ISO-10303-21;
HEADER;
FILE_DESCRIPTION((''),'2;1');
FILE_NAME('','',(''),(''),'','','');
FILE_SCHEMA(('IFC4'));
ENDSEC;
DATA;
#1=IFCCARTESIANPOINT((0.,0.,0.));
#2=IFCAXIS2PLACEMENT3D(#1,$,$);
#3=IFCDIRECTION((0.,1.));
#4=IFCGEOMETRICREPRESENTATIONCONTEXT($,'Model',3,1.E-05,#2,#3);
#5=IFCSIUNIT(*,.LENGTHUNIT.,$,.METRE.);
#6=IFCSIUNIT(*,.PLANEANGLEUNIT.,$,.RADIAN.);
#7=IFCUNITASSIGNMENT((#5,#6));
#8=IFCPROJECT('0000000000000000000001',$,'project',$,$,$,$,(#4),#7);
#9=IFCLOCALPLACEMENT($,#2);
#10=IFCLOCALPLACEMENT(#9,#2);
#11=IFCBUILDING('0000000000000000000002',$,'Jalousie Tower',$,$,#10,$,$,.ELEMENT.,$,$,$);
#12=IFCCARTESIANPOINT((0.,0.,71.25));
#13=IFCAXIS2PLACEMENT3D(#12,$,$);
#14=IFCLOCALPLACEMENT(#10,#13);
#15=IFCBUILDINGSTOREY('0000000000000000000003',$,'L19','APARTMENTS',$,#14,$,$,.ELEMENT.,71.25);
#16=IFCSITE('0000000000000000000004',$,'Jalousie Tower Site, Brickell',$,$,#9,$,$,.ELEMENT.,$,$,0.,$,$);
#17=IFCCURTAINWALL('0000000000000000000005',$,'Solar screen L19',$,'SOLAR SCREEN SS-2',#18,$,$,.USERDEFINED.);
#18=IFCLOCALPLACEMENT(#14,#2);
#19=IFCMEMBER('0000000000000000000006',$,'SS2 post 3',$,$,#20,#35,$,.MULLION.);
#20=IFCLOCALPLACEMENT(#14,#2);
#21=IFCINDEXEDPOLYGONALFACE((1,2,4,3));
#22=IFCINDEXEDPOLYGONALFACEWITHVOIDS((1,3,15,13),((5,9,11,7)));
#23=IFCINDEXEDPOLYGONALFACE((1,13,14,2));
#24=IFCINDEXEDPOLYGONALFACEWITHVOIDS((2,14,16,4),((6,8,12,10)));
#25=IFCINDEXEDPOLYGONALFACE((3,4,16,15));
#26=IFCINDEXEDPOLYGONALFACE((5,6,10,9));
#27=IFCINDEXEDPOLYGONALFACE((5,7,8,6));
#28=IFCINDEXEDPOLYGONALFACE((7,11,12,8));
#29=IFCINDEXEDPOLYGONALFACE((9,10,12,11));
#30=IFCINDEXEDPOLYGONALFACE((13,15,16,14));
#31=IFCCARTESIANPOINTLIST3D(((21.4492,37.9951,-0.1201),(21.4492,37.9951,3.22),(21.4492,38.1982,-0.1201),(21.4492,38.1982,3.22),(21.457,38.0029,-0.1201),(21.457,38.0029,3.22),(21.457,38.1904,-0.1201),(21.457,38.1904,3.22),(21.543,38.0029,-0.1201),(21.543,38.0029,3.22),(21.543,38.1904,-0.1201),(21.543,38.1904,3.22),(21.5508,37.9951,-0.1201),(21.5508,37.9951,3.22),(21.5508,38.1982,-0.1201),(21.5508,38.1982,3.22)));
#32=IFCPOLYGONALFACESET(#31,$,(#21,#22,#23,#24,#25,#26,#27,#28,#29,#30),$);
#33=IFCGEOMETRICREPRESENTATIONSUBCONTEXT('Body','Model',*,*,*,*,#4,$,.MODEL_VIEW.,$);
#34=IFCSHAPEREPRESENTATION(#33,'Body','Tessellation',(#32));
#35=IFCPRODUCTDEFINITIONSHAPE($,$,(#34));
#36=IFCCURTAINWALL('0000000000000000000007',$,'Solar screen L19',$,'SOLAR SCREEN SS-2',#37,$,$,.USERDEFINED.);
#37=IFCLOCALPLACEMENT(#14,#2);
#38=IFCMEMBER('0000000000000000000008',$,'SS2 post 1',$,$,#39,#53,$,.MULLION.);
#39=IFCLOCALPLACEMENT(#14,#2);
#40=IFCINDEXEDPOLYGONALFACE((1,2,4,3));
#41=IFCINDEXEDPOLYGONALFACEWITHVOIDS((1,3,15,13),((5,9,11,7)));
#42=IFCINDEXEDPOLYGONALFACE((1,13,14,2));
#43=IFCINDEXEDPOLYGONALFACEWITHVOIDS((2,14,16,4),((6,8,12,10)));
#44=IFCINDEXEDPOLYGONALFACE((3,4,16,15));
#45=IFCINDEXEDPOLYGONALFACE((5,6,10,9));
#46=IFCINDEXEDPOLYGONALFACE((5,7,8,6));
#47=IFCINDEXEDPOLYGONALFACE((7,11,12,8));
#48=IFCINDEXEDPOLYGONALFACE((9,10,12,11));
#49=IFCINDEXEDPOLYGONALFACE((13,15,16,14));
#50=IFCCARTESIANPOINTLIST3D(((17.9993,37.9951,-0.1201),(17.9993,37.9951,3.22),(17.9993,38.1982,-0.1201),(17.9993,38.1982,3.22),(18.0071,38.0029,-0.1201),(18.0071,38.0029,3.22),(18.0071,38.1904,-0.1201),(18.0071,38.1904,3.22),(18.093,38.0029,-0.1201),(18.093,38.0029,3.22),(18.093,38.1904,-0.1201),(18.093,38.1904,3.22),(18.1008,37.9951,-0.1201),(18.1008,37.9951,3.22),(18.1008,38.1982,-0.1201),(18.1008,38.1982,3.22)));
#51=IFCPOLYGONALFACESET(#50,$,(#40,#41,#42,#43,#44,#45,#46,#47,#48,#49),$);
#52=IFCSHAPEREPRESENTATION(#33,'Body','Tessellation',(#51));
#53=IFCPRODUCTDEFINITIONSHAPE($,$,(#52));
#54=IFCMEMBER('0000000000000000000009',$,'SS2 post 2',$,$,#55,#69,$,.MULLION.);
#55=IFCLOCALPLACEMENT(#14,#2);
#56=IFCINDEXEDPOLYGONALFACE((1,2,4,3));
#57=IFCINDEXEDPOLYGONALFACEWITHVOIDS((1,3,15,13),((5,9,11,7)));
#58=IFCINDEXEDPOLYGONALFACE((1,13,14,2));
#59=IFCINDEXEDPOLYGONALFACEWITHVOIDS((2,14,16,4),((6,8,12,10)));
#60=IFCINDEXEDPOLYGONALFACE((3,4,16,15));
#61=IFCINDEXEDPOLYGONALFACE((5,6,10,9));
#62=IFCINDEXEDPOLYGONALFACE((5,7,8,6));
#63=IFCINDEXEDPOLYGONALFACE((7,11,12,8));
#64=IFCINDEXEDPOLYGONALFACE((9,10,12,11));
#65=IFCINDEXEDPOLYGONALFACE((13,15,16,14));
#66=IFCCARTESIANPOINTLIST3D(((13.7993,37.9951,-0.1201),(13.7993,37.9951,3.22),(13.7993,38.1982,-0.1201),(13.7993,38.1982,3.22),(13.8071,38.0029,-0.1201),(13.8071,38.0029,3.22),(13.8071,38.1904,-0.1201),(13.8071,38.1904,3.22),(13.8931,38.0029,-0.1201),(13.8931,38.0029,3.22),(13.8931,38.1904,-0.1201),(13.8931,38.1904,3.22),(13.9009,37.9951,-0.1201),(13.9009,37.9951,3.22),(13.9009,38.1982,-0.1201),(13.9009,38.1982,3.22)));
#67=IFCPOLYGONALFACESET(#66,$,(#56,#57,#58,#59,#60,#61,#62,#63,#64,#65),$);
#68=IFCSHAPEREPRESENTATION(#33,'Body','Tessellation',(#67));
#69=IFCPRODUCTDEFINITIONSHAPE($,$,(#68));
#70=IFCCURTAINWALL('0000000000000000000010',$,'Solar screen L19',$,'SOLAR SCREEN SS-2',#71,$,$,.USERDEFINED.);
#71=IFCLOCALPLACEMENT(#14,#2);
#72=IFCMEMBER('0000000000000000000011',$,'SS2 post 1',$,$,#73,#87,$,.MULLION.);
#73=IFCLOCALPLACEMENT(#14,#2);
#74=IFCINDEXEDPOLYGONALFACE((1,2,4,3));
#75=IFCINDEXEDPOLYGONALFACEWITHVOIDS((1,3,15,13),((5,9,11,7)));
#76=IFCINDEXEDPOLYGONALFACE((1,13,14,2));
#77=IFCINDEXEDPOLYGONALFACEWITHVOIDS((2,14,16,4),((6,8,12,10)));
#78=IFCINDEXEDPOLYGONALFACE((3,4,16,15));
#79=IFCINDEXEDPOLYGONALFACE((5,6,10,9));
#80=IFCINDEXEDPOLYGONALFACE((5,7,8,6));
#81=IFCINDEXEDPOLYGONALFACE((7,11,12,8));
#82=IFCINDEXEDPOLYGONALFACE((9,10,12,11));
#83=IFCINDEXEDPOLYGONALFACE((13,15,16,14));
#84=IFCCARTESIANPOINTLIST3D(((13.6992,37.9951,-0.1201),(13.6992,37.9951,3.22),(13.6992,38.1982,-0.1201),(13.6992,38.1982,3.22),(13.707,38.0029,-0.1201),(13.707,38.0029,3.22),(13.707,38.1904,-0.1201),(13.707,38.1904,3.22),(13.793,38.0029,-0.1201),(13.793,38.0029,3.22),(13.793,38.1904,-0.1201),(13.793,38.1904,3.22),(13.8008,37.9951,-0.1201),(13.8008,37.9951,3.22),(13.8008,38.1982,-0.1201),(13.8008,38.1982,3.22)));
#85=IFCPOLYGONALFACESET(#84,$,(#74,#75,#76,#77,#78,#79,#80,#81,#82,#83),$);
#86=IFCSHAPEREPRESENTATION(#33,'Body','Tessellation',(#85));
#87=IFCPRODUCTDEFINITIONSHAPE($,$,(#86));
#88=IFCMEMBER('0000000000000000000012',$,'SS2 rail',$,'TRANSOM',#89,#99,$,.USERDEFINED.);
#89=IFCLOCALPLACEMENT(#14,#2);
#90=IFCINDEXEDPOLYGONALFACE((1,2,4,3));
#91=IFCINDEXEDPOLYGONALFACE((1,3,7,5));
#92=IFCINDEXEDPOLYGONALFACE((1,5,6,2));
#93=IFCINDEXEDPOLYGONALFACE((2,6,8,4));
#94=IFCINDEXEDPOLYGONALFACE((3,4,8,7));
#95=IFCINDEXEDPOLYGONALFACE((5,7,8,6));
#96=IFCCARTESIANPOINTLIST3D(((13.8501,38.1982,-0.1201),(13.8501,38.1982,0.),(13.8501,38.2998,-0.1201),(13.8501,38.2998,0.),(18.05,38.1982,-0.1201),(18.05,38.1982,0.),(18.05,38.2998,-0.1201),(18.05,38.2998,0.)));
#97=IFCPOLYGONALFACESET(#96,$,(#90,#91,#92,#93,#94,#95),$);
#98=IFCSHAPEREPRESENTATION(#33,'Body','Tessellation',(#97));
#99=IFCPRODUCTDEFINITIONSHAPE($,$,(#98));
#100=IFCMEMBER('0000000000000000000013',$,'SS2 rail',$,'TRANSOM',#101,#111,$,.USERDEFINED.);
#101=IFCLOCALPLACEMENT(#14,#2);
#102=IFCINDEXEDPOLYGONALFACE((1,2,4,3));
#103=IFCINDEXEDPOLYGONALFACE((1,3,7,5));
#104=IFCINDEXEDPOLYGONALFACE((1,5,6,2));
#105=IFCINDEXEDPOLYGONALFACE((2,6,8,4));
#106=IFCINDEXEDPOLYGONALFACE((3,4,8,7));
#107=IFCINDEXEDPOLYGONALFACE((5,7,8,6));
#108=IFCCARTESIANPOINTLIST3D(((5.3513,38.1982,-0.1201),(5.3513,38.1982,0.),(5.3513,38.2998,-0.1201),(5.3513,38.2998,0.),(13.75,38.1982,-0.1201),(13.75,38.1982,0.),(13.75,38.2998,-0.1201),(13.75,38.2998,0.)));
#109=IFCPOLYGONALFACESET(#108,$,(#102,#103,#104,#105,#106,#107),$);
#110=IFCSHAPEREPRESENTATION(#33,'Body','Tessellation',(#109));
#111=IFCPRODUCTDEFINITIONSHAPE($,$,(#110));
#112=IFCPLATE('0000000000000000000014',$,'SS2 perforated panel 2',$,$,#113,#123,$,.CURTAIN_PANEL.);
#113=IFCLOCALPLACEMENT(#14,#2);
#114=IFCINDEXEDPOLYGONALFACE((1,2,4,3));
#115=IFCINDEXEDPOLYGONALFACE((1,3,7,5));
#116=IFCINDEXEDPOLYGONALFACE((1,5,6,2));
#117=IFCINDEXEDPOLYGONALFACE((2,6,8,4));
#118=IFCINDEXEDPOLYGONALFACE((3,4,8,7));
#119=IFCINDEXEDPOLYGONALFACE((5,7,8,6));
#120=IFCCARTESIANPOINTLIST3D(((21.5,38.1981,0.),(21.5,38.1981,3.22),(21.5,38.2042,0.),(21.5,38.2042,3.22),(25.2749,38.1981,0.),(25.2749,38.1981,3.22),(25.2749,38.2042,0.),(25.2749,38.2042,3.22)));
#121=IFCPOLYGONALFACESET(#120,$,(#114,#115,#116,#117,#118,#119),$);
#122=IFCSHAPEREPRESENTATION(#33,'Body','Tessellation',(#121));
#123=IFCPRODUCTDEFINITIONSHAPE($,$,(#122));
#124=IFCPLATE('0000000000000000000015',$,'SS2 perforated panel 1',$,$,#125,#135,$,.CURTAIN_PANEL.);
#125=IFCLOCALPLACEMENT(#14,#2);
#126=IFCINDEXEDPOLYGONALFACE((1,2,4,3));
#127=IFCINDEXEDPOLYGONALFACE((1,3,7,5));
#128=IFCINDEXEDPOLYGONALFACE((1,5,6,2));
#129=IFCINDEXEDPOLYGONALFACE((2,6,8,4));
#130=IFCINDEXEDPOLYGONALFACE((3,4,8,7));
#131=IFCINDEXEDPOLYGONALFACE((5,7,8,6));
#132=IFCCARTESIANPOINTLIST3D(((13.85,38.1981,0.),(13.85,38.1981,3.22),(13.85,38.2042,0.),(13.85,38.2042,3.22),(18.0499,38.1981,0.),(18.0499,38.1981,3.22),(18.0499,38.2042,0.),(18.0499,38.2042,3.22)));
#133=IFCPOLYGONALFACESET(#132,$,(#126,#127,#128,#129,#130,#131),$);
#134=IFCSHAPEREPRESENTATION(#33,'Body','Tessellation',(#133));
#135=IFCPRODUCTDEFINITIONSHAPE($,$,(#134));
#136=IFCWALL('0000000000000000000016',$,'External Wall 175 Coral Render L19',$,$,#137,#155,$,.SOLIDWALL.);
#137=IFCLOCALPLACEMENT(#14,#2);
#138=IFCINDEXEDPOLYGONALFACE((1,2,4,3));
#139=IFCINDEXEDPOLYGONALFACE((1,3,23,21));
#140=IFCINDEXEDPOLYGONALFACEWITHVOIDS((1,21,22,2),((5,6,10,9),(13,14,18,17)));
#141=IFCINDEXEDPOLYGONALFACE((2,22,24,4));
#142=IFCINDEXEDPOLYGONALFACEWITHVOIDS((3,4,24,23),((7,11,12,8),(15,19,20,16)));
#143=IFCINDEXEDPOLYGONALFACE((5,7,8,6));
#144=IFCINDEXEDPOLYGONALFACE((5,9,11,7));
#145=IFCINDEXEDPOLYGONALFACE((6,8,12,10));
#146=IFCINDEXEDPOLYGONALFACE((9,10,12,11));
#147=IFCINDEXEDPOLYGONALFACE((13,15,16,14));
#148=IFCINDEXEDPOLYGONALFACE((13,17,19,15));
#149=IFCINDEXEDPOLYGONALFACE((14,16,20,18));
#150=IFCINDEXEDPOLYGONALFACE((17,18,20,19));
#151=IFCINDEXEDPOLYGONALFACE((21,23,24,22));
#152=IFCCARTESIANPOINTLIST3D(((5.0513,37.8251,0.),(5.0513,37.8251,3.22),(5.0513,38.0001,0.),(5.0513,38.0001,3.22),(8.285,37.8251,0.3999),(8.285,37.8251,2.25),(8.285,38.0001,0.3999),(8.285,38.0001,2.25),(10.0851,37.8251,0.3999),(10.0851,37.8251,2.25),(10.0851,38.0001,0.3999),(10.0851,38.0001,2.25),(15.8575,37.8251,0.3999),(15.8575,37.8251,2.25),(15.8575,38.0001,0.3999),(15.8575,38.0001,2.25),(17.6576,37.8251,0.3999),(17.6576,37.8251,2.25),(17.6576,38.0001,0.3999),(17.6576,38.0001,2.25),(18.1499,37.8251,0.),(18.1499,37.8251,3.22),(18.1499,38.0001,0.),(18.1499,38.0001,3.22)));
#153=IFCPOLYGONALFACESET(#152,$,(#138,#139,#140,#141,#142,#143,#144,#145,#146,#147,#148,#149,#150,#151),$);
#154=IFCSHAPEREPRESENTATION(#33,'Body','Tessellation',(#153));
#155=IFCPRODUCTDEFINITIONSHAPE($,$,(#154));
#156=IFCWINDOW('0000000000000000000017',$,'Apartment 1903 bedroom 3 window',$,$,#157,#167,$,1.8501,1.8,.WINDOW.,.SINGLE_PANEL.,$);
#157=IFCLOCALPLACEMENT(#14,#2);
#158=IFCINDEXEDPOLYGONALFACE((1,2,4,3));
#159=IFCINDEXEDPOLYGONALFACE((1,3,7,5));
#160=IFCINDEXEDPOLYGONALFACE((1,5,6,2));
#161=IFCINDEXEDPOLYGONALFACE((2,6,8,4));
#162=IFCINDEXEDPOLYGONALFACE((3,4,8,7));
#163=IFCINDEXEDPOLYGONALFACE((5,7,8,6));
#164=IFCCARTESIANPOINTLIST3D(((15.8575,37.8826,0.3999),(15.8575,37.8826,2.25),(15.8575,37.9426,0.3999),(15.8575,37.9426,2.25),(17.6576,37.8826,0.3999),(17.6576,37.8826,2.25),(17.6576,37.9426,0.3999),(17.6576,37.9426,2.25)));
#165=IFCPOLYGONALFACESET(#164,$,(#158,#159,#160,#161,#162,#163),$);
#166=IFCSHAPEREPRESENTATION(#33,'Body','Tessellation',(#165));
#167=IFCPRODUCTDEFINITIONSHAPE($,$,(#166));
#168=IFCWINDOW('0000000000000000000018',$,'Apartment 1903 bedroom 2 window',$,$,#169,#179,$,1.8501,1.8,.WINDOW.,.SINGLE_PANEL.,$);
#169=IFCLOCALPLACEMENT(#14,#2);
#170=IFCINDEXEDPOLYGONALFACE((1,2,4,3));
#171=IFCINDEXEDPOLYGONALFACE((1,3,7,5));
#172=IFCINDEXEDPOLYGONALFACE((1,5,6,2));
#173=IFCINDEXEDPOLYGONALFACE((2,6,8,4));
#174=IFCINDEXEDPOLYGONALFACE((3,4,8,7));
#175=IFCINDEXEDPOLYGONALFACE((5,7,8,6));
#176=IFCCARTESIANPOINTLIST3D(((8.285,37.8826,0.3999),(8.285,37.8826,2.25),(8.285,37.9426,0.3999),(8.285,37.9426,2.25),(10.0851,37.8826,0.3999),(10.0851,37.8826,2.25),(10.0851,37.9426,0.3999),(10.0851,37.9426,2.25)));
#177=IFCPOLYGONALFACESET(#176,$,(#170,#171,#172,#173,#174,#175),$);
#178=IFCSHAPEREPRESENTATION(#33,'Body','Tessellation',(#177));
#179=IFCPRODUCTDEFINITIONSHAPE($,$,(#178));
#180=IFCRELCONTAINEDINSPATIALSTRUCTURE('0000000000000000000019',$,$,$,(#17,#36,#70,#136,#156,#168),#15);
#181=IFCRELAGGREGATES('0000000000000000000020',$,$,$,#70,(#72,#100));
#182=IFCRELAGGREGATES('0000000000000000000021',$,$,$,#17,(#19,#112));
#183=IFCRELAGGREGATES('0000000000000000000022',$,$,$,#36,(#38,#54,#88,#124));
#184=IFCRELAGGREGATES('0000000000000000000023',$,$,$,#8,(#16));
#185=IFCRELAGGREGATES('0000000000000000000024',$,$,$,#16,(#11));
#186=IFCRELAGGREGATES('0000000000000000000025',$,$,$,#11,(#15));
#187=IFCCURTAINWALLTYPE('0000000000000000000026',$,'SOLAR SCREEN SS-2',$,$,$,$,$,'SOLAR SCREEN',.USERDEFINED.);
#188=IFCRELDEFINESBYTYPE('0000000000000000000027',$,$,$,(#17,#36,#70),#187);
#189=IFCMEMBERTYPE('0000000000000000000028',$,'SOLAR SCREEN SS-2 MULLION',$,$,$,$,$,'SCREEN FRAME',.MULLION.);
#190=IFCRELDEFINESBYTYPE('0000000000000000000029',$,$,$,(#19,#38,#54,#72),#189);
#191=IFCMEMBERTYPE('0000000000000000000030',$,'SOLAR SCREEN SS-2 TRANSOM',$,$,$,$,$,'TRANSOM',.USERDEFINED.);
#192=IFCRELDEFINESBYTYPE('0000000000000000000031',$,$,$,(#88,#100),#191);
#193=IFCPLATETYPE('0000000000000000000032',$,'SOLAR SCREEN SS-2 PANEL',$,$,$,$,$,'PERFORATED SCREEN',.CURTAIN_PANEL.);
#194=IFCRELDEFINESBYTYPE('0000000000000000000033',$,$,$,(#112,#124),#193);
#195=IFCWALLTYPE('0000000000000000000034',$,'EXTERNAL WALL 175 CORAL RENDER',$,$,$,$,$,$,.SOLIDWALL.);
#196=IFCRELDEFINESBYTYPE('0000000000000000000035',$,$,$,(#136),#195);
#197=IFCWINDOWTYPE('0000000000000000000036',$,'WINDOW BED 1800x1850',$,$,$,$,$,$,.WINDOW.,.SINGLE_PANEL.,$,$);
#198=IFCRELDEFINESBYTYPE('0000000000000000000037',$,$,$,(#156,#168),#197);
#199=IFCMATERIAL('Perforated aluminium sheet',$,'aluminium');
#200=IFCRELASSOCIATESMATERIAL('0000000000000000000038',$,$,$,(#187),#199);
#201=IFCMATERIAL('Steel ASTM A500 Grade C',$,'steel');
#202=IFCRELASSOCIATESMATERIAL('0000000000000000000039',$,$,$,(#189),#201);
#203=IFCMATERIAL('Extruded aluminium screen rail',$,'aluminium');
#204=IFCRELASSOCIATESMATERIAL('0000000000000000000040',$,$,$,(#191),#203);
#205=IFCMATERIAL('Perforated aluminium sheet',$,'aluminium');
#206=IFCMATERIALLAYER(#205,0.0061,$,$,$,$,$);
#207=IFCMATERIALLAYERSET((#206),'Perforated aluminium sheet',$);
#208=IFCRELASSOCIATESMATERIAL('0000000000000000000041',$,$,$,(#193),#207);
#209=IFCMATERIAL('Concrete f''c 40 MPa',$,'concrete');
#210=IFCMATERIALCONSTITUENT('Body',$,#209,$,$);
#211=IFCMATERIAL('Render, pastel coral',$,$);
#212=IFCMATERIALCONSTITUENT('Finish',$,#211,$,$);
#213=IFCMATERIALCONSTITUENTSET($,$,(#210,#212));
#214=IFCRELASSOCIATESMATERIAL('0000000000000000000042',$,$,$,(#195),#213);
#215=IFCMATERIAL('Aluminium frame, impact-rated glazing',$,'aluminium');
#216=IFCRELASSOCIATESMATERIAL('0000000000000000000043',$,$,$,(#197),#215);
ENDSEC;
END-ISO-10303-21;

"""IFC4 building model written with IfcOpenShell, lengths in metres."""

from ifc_helpers import new_model, si_unit, direction, frame, frame_2d, origin, origin_2d, place, context, subcontext, project, spatial, rectangle, hollow_rectangle, extrude, material, layer, layer_set, constituent, constituent_set, material_profile, profile_set, type_object, element, fill, aggregate, save


model = new_model("IFC4")

# Units and contexts
model_context = context("Model", 3, precision=1e-05, world=origin(), true_north=direction((0.0, 1.0)))
body_context = subcontext(model_context, "Body", "Model", "MODEL_VIEW")
ifc_project = project(units=[si_unit("LENGTHUNIT", "METRE"), si_unit("PLANEANGLEUNIT", "RADIAN")], contexts=[model_context])

# Site, building, storey
site_placement = place(None, origin())
site = spatial("IfcSite", under=ifc_project, at=site_placement, Name="Jalousie Tower Site, Brickell", CompositionType="ELEMENT", RefElevation=0.0)
building_placement = place(site_placement, origin())
building = spatial("IfcBuilding", under=site, at=building_placement, Name="Jalousie Tower", CompositionType="ELEMENT")
storey_placement = place(building_placement, frame((0.0, 0.0, 71.25)))
storey = spatial("IfcBuildingStorey", under=building, at=storey_placement, Name="L19", Description="APARTMENTS", CompositionType="ELEMENT", Elevation=71.25)

# Curtain walls, members
ifc_material_1 = material(Name="Perforated aluminium sheet", Category="aluminium")
curtain_wall_type = type_object("IfcCurtainWallType", Name="SOLAR SCREEN SS-2", ElementType="SOLAR SCREEN", PredefinedType="USERDEFINED", material=ifc_material_1)
curtain_wall_1_placement = place(storey_placement, origin())
curtain_wall_1 = element("IfcCurtainWall", 1, at=curtain_wall_1_placement, inside=storey, type_object=curtain_wall_type, Name="Solar screen L19", ObjectType="SOLAR SCREEN SS-2", PredefinedType="USERDEFINED")
ifc_material_2 = material(Name="Steel ASTM A500 Grade C", Category="steel")
ifc_material_profile_1 = material_profile(ifc_material_2, hollow_rectangle(XDim=0.1016, YDim=0.2031, WallThickness=0.0078, at=origin_2d()), Name="HSS8X4X5/16")
ifc_profile_set_1 = profile_set([ifc_material_profile_1], Name="Steel ASTM A500 Grade C")
member_type_1 = type_object("IfcMemberType", Name="SOLAR SCREEN SS-2 MULLION", ElementType="SCREEN FRAME", PredefinedType="MULLION", material=ifc_profile_set_1)
member_1_placement = place(storey_placement, frame((21.5, 38.0967, -0.1201), z_axis=(0.0, 0.0, 1.0), x_axis=(-1.0, 0.0, 0.0)))
member_1 = element("IfcMember", 2, at=member_1_placement, type_object=member_type_1, Name="SS2 post 3", PredefinedType="MULLION", context=body_context, shape_type="SweptSolid", body=[
    extrude(hollow_rectangle(XDim=0.1016, YDim=0.2031, WallThickness=0.0078, at=origin_2d()), origin(), (0.0, 0.0, 1.0), 3.3401),
])
curtain_wall_2_placement = place(storey_placement, origin())
curtain_wall_2 = element("IfcCurtainWall", 3, at=curtain_wall_2_placement, inside=storey, type_object=curtain_wall_type, Name="Solar screen L19", ObjectType="SOLAR SCREEN SS-2", PredefinedType="USERDEFINED")
member_2_placement = place(storey_placement, frame((18.05, 38.0967, -0.1201), z_axis=(0.0, 0.0, 1.0), x_axis=(-1.0, 0.0, 0.0)))
member_2 = element("IfcMember", 4, at=member_2_placement, type_object=member_type_1, Name="SS2 post 1", PredefinedType="MULLION", context=body_context, shape_type="SweptSolid", body=[
    extrude(hollow_rectangle(XDim=0.1016, YDim=0.2031, WallThickness=0.0078, at=origin_2d()), origin(), (0.0, 0.0, 1.0), 3.3401),
])
member_3_placement = place(storey_placement, frame((13.8501, 38.0967, -0.1201), z_axis=(0.0, 0.0, 1.0), x_axis=(-1.0, 0.0, 0.0)))
member_3 = element("IfcMember", 5, at=member_3_placement, type_object=member_type_1, Name="SS2 post 2", PredefinedType="MULLION", context=body_context, shape_type="SweptSolid", body=[
    extrude(hollow_rectangle(XDim=0.1016, YDim=0.2031, WallThickness=0.0078, at=origin_2d()), origin(), (0.0, 0.0, 1.0), 3.3401),
])

# Curtain wall, member
curtain_wall_3_placement = place(storey_placement, origin())
curtain_wall_3 = element("IfcCurtainWall", 6, at=curtain_wall_3_placement, inside=storey, type_object=curtain_wall_type, Name="Solar screen L19", ObjectType="SOLAR SCREEN SS-2", PredefinedType="USERDEFINED")
member_4_placement = place(storey_placement, frame((13.75, 38.0967, -0.1201), z_axis=(0.0, 0.0, 1.0), x_axis=(-1.0, 0.0, 0.0)))
member_4 = element("IfcMember", 7, at=member_4_placement, type_object=member_type_1, Name="SS2 post 1", PredefinedType="MULLION", context=body_context, shape_type="SweptSolid", body=[
    extrude(hollow_rectangle(XDim=0.1016, YDim=0.2031, WallThickness=0.0078, at=origin_2d()), origin(), (0.0, 0.0, 1.0), 3.3401),
])

# Members
ifc_material_3 = material(Name="Extruded aluminium screen rail", Category="aluminium")
ifc_material_profile_2 = material_profile(ifc_material_3, rectangle(XDim=0.1016, YDim=0.1201, at=origin_2d()), Name="RAIL 102x120")
ifc_profile_set_2 = profile_set([ifc_material_profile_2], Name="Extruded aluminium screen rail")
member_type_2 = type_object("IfcMemberType", Name="SOLAR SCREEN SS-2 TRANSOM", ElementType="TRANSOM", PredefinedType="USERDEFINED", material=ifc_profile_set_2)
member_5_placement = place(storey_placement, frame((18.05, 38.249, -0.0601), z_axis=(-1.0, 0.0, 0.0), x_axis=(0.0, -1.0, 0.0)))
member_5 = element("IfcMember", 8, at=member_5_placement, type_object=member_type_2, Name="SS2 rail", ObjectType="TRANSOM", PredefinedType="USERDEFINED", context=body_context, shape_type="SweptSolid", body=[
    extrude(rectangle(XDim=0.1016, YDim=0.1201, at=origin_2d()), origin(), (0.0, 0.0, 1.0), 4.2),
])
member_6_placement = place(storey_placement, frame((13.75, 38.249, -0.0601), z_axis=(-1.0, 0.0, 0.0), x_axis=(0.0, -1.0, 0.0)))
member_6 = element("IfcMember", 9, at=member_6_placement, type_object=member_type_2, Name="SS2 rail", ObjectType="TRANSOM", PredefinedType="USERDEFINED", context=body_context, shape_type="SweptSolid", body=[
    extrude(rectangle(XDim=0.1016, YDim=0.1201, at=origin_2d()), origin(), (0.0, 0.0, 1.0), 8.3987),
])
aggregate(curtain_wall_3, [member_4, member_6])

# Plates
ifc_material_4 = material(Name="Perforated aluminium sheet", Category="aluminium")
ifc_layer_1 = layer(ifc_material_4, 0.0061)
ifc_layer_set_1 = layer_set([ifc_layer_1], Name="Perforated aluminium sheet")
plate_type = type_object("IfcPlateType", Name="SOLAR SCREEN SS-2 PANEL", ElementType="PERFORATED SCREEN", PredefinedType="CURTAIN_PANEL", material=ifc_layer_set_1)
plate_1_placement = place(storey_placement, frame((23.3875, 38.2012, 0.0), z_axis=(0.0, 0.0, 1.0), x_axis=(-1.0, 0.0, 0.0)))
plate_1 = element("IfcPlate", 10, at=plate_1_placement, type_object=plate_type, Name="SS2 perforated panel 2", PredefinedType="CURTAIN_PANEL", context=body_context, shape_type="SweptSolid", body=[
    extrude(rectangle(XDim=3.7749, YDim=0.0061, at=origin_2d()), origin(), (0.0, 0.0, 1.0), 3.22),
])
aggregate(curtain_wall_1, [member_1, plate_1])
plate_2_placement = place(storey_placement, frame((15.95, 38.2012, 0.0), z_axis=(0.0, 0.0, 1.0), x_axis=(-1.0, 0.0, 0.0)))
plate_2 = element("IfcPlate", 11, at=plate_2_placement, type_object=plate_type, Name="SS2 perforated panel 1", PredefinedType="CURTAIN_PANEL", context=body_context, shape_type="SweptSolid", body=[
    extrude(rectangle(XDim=4.2, YDim=0.0061, at=origin_2d()), origin(), (0.0, 0.0, 1.0), 3.22),
])
aggregate(curtain_wall_2, [member_2, member_3, member_5, plate_2])

# Wall, openings, windows
ifc_material_5 = material(Name="Concrete f'c 40 MPa", Category="concrete")
ifc_constituent_1 = constituent(ifc_material_5, Name="Body")
ifc_material_6 = material(Name="Render, pastel coral")
ifc_constituent_2 = constituent(ifc_material_6, Name="Finish")
ifc_constituent_set_1 = constituent_set(constituents=[ifc_constituent_1, ifc_constituent_2])
wall_type_1 = type_object("IfcWallType", Name="EXTERNAL WALL 175 CORAL RENDER", PredefinedType="SOLIDWALL", material=ifc_constituent_set_1)
wall_1_placement = place(storey_placement, frame((18.1499, 37.9126, 0.0), z_axis=(0.0, 0.0, 1.0), x_axis=(-1.0, 0.0, 0.0)))
wall_1 = element("IfcWall", 12, at=wall_1_placement, inside=storey, type_object=wall_type_1, Name="External Wall 175 Coral Render L19", PredefinedType="SOLIDWALL", context=body_context, shape_type="SweptSolid", body=[
    extrude(rectangle(XDim=13.0986, YDim=0.175, at=frame_2d((6.5493, 0.0))), origin(), (0.0, 0.0, 1.0), 3.22),
])
opening_1_placement = place(wall_1_placement, frame((0.4924, 0.0, 0.3999)))
opening_1 = element("IfcOpeningElement", 13, at=opening_1_placement, cuts=wall_1, PredefinedType="OPENING", context=body_context, shape_type="SweptSolid", body=[
    extrude(rectangle(XDim=1.8, YDim=1.8501, at=frame_2d((0.8999, 0.925))), frame((0.0, 0.0974, 0.0), z_axis=(0.0, -1.0, 0.0), x_axis=(1.0, 0.0, 0.0)), (0.0, 0.0, 1.0), 0.1951),
])
opening_2_placement = place(wall_1_placement, frame((8.0649, 0.0, 0.3999)))
opening_2 = element("IfcOpeningElement", 14, at=opening_2_placement, cuts=wall_1, PredefinedType="OPENING", context=body_context, shape_type="SweptSolid", body=[
    extrude(rectangle(XDim=1.8, YDim=1.8501, at=frame_2d((0.8999, 0.925))), frame((0.0, 0.0974, 0.0), z_axis=(0.0, -1.0, 0.0), x_axis=(1.0, 0.0, 0.0)), (0.0, 0.0, 1.0), 0.1951),
])
ifc_material_7 = material(Name="Aluminium frame, impact-rated glazing", Category="aluminium")
window_type = type_object("IfcWindowType", Name="WINDOW BED 1800x1850", PartitioningType="SINGLE_PANEL", PredefinedType="WINDOW", material=ifc_material_7)
window_1_placement = place(opening_1_placement, origin())
window_1 = element("IfcWindow", 15, at=window_1_placement, inside=storey, type_object=window_type, Name="Apartment 1903 bedroom 3 window", OverallHeight=1.8501, OverallWidth=1.8, PartitioningType="SINGLE_PANEL", PredefinedType="WINDOW", context=body_context, shape_type="SweptSolid", body=[
    extrude(rectangle(XDim=1.8, YDim=1.8501, at=frame_2d((0.8999, 0.925))), frame((0.0, 0.03, 0.0), z_axis=(0.0, -1.0, 0.0), x_axis=(1.0, 0.0, 0.0)), (0.0, 0.0, 1.0), 0.0601),
])
fill(opening_1, window_1)
window_2_placement = place(opening_2_placement, origin())
window_2 = element("IfcWindow", 16, at=window_2_placement, inside=storey, type_object=window_type, Name="Apartment 1903 bedroom 2 window", OverallHeight=1.8501, OverallWidth=1.8, PartitioningType="SINGLE_PANEL", PredefinedType="WINDOW", context=body_context, shape_type="SweptSolid", body=[
    extrude(rectangle(XDim=1.8, YDim=1.8501, at=frame_2d((0.8999, 0.925))), frame((0.0, 0.03, 0.0), z_axis=(0.0, -1.0, 0.0), x_axis=(1.0, 0.0, 0.0)), (0.0, 0.0, 1.0), 0.0601),
])
fill(opening_2, window_2)

save(model, "model.ifc")
